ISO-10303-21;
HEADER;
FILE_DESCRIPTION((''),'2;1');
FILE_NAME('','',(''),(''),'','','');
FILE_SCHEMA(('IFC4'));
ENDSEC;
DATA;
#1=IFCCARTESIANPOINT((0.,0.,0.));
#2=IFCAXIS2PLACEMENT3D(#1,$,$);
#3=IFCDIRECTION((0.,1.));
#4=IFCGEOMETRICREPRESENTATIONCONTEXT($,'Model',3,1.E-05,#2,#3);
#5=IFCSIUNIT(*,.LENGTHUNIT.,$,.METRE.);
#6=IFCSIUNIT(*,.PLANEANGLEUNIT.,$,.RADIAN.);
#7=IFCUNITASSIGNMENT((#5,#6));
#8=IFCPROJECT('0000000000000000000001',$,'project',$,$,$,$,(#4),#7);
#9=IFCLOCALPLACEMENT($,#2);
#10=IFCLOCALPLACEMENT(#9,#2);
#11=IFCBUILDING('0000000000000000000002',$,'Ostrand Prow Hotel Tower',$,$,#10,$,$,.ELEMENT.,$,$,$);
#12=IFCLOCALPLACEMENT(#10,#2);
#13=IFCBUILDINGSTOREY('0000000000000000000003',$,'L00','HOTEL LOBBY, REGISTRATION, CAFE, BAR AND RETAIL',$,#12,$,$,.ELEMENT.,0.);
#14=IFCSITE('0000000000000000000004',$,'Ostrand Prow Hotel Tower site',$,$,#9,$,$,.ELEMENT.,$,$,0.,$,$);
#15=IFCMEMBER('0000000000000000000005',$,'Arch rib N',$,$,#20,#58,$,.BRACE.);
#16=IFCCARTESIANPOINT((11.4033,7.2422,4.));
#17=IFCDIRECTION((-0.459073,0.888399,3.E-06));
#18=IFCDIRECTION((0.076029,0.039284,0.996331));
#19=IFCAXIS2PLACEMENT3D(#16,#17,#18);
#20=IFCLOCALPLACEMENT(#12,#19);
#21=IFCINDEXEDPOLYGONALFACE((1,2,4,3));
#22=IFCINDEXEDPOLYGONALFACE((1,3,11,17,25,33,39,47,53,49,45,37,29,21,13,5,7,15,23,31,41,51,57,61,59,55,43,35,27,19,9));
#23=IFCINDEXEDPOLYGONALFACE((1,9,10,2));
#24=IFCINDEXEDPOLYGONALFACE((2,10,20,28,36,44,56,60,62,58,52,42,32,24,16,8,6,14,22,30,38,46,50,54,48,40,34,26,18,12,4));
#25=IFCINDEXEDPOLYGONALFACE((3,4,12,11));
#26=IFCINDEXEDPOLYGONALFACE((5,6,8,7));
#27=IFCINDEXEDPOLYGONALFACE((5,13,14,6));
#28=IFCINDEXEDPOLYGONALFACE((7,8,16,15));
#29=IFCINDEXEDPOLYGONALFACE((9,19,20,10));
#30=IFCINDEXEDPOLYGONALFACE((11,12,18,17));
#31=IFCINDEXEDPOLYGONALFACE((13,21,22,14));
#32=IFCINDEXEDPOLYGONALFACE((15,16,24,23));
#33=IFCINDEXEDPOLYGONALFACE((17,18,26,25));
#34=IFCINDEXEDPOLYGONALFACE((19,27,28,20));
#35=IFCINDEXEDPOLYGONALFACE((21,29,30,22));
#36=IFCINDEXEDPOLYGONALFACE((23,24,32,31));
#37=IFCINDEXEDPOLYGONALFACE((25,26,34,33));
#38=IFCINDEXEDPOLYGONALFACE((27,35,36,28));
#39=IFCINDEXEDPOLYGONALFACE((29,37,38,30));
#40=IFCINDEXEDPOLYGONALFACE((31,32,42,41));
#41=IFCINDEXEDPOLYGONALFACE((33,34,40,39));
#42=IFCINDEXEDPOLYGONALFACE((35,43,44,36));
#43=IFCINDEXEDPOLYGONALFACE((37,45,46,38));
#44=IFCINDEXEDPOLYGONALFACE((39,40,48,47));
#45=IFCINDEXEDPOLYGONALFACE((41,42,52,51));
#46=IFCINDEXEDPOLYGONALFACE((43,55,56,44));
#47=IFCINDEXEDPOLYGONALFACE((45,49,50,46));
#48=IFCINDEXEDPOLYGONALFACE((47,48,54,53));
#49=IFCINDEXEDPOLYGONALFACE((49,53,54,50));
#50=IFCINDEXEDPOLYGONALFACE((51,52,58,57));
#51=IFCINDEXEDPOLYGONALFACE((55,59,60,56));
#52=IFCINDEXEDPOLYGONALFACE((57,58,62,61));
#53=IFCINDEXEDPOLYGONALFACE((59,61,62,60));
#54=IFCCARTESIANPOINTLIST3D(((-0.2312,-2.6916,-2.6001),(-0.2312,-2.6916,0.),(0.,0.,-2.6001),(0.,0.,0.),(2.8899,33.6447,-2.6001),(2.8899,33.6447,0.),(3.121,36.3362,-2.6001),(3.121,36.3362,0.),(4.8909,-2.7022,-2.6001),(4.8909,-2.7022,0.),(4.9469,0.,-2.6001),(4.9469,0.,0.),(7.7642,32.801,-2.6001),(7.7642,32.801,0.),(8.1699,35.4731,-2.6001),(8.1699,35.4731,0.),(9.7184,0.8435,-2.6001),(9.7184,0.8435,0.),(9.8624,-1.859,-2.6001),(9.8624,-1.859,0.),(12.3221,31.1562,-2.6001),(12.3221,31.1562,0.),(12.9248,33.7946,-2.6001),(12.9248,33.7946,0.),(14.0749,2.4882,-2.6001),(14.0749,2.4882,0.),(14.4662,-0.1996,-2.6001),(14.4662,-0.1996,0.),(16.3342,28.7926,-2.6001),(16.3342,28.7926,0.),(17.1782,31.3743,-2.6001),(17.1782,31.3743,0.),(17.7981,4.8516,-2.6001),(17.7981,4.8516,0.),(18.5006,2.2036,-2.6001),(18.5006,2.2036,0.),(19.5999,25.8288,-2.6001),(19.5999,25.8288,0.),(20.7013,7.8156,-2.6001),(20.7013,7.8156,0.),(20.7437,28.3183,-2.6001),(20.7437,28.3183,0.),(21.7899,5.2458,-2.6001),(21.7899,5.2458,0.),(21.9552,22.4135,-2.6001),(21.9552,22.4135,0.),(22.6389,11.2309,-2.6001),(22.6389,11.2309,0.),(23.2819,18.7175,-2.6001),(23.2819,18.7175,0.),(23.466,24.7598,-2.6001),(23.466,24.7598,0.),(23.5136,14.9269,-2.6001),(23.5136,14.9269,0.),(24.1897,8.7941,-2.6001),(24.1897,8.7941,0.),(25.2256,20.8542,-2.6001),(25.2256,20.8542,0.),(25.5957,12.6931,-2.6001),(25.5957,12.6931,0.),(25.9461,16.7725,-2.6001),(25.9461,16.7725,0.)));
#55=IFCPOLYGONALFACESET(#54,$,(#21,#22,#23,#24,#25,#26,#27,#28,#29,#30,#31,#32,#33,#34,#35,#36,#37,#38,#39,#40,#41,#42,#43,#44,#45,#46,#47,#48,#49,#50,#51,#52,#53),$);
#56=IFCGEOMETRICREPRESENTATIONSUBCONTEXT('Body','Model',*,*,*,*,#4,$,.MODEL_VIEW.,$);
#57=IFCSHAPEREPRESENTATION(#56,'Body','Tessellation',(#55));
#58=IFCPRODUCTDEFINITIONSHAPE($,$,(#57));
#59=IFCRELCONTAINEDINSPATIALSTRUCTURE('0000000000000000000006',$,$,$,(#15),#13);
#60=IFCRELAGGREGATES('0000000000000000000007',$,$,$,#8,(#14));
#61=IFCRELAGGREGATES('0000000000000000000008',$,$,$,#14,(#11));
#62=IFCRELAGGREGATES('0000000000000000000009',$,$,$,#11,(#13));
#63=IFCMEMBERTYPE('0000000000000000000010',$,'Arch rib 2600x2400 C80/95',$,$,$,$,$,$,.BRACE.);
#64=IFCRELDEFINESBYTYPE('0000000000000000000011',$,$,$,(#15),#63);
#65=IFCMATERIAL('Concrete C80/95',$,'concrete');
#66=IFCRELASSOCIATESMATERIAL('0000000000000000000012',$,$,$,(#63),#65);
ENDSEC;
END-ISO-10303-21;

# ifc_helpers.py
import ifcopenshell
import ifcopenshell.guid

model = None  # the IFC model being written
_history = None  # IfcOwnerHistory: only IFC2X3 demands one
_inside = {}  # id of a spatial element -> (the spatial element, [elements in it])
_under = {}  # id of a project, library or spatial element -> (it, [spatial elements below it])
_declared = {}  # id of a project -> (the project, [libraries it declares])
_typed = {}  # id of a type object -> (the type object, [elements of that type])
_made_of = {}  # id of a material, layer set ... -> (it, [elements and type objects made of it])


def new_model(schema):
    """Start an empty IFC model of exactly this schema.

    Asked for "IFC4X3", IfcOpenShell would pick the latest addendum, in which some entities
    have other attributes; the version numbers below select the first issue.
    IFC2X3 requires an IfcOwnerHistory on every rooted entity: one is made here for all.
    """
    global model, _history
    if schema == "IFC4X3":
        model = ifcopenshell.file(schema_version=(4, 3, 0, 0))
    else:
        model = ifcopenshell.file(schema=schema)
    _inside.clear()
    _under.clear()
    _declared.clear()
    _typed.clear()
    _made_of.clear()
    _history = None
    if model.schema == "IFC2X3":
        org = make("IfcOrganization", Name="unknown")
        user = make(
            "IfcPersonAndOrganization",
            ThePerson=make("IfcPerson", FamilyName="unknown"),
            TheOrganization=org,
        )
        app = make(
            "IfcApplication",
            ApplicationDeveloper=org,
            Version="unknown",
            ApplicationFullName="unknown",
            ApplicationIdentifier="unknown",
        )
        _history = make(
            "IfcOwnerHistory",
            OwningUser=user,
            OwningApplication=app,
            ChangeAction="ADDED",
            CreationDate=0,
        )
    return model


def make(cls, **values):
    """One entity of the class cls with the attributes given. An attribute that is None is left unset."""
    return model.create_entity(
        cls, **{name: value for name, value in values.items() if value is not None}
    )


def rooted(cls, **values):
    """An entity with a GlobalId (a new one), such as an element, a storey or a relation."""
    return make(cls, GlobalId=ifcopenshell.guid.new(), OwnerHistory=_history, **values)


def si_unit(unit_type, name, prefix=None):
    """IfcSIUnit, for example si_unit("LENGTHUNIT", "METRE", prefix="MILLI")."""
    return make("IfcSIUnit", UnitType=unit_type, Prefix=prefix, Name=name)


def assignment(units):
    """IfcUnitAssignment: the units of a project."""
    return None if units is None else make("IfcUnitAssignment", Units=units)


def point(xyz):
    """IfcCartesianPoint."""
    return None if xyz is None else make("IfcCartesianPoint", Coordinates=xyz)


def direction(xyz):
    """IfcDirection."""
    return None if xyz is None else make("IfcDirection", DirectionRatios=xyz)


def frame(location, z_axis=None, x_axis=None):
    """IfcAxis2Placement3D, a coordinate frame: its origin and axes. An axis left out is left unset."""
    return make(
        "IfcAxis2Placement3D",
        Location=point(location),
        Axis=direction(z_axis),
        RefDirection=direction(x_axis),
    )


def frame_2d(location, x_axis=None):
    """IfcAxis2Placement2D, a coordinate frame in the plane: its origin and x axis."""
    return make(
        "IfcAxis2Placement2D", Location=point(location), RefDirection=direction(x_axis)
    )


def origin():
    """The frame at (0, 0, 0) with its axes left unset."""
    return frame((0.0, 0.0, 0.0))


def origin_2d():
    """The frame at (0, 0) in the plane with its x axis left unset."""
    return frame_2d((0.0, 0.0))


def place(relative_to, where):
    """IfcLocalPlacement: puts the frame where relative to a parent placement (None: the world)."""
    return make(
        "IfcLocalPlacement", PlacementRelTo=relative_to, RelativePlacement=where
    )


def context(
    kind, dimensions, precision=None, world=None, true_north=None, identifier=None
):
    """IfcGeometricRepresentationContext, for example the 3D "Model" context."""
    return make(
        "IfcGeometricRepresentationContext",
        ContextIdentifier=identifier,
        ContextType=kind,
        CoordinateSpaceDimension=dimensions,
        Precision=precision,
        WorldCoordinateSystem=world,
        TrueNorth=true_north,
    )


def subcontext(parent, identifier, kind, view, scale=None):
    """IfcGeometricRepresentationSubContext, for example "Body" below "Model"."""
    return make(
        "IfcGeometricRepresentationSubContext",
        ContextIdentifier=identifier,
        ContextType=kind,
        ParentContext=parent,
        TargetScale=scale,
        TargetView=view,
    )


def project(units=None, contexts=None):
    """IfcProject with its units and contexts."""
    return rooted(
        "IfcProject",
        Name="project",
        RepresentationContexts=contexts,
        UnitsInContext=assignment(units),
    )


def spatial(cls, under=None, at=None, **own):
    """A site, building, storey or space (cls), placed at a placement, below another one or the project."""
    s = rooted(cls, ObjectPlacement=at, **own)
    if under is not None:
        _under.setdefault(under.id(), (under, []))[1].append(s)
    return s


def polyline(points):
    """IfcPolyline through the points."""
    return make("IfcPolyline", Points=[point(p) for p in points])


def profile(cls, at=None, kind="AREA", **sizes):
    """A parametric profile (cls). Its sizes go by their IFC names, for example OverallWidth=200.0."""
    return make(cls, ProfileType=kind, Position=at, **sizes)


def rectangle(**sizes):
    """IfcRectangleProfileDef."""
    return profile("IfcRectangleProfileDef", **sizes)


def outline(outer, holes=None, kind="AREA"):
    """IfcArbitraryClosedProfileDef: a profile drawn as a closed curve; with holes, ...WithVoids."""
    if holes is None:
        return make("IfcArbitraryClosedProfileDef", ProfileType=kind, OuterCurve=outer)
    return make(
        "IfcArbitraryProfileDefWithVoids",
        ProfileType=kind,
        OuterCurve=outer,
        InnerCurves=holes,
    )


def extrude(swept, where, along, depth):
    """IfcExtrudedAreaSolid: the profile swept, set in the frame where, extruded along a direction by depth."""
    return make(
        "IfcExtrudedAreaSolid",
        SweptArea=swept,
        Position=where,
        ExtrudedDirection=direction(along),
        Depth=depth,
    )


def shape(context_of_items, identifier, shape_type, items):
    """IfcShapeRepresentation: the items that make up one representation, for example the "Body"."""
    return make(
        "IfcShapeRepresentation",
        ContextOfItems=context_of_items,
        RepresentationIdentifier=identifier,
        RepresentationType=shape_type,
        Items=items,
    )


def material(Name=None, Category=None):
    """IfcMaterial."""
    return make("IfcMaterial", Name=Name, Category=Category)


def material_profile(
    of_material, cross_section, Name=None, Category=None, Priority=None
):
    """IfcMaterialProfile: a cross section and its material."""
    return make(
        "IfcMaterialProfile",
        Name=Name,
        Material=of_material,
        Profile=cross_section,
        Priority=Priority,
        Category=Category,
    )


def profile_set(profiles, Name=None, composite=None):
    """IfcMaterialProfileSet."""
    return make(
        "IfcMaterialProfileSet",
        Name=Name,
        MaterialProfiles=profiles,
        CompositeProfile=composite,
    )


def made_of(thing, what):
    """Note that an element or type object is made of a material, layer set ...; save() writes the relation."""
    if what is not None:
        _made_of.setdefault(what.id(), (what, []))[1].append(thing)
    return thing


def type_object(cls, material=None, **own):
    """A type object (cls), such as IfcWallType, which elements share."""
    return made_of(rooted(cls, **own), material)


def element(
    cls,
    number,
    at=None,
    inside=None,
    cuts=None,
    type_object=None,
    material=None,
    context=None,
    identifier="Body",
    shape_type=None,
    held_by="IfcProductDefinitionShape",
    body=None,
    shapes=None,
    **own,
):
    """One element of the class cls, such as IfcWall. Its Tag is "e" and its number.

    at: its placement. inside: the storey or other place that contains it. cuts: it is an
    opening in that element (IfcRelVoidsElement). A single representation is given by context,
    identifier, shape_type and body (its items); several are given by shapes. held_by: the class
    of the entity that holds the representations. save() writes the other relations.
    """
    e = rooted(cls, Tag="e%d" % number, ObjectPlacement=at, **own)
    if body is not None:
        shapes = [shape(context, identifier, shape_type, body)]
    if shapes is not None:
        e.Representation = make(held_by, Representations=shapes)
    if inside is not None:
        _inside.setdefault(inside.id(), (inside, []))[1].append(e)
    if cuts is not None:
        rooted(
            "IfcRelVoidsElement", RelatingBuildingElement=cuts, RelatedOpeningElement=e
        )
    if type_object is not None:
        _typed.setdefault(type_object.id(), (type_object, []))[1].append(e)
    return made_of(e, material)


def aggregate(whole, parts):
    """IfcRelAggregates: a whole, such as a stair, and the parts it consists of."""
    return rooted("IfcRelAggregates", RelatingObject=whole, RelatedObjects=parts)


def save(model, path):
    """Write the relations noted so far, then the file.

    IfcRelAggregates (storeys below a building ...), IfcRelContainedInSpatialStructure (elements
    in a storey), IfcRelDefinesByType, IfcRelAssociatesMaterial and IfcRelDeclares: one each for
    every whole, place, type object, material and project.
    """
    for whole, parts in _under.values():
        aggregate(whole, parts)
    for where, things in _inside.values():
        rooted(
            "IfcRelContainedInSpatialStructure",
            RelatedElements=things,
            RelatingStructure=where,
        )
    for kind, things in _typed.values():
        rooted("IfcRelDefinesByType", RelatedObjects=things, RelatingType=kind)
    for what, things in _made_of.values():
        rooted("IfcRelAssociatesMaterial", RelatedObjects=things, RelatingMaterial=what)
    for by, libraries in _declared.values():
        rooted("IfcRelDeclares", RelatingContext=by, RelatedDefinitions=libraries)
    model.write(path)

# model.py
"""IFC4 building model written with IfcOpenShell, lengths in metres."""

from ifc_helpers import new_model, si_unit, direction, frame, origin, origin_2d, place, context, subcontext, project, spatial, polyline, rectangle, outline, extrude, material, material_profile, profile_set, type_object, element, save


model = new_model("IFC4")

# Units and contexts
model_context = context("Model", 3, precision=1e-05, world=origin(), true_north=direction((0.0, 1.0)))
body_context = subcontext(model_context, "Body", "Model", "MODEL_VIEW")
ifc_project = project(units=[si_unit("LENGTHUNIT", "METRE"), si_unit("PLANEANGLEUNIT", "RADIAN")], contexts=[model_context])

# Site, building, storey
site_placement = place(None, origin())
site = spatial("IfcSite", under=ifc_project, at=site_placement, Name="Ostrand Prow Hotel Tower site", CompositionType="ELEMENT", RefElevation=0.0)
building_placement = place(site_placement, origin())
building = spatial("IfcBuilding", under=site, at=building_placement, Name="Ostrand Prow Hotel Tower", CompositionType="ELEMENT")
storey_placement = place(building_placement, origin())
storey = spatial("IfcBuildingStorey", under=building, at=storey_placement, Name="L00", Description="HOTEL LOBBY, REGISTRATION, CAFE, BAR AND RETAIL", CompositionType="ELEMENT", Elevation=0.0)

# Member
ifc_material_1 = material(Name="Concrete C80/95", Category="concrete")
ifc_material_profile_1 = material_profile(ifc_material_1, rectangle(XDim=2.6001, YDim=2.3999, at=origin_2d()), Name="RC 2600x2400")
ifc_profile_set_1 = profile_set([ifc_material_profile_1], Name="Concrete C80/95")
member_type = type_object("IfcMemberType", Name="Arch rib 2600x2400 C80/95", PredefinedType="BRACE", material=ifc_profile_set_1)
member_placement = place(storey_placement, frame((11.4033, 7.2422, 4.0), z_axis=(-0.459073, 0.888399, 0.000003), x_axis=(0.076029, 0.039284, 0.996331)))
element("IfcMember", 1, at=member_placement, inside=storey, type_object=member_type, Name="Arch rib N", PredefinedType="BRACE", context=body_context, shape_type="SweptSolid", body=[
    extrude(outline(polyline([(0.0, 0.0), (4.9469, 0.0), (9.7184, 0.8435), (14.0749, 2.4882), (17.7981, 4.8516), (20.7013, 7.8156), (22.6389, 11.2309), (23.5136, 14.9269), (23.2819, 18.7175), (21.9552, 22.4135), (19.5999, 25.8288), (16.3342, 28.7926), (12.3221, 31.1562), (7.7642, 32.801), (2.8899, 33.6447), (3.121, 36.3362), (8.1699, 35.4731), (12.9248, 33.7946), (17.1782, 31.3743), (20.7437, 28.3183), (23.466, 24.7598), (25.2256, 20.8542), (25.9461, 16.7725), (25.5957, 12.6931), (24.1897, 8.7941), (21.7899, 5.2458), (18.5006, 2.2036), (14.4662, -0.1996), (9.8624, -1.859), (4.8909, -2.7022), (-0.2312, -2.6916), (0.0, 0.0)])), origin(), (0.0, 0.0, -1.0), 2.6001),
])

save(model, "model.ifc")
